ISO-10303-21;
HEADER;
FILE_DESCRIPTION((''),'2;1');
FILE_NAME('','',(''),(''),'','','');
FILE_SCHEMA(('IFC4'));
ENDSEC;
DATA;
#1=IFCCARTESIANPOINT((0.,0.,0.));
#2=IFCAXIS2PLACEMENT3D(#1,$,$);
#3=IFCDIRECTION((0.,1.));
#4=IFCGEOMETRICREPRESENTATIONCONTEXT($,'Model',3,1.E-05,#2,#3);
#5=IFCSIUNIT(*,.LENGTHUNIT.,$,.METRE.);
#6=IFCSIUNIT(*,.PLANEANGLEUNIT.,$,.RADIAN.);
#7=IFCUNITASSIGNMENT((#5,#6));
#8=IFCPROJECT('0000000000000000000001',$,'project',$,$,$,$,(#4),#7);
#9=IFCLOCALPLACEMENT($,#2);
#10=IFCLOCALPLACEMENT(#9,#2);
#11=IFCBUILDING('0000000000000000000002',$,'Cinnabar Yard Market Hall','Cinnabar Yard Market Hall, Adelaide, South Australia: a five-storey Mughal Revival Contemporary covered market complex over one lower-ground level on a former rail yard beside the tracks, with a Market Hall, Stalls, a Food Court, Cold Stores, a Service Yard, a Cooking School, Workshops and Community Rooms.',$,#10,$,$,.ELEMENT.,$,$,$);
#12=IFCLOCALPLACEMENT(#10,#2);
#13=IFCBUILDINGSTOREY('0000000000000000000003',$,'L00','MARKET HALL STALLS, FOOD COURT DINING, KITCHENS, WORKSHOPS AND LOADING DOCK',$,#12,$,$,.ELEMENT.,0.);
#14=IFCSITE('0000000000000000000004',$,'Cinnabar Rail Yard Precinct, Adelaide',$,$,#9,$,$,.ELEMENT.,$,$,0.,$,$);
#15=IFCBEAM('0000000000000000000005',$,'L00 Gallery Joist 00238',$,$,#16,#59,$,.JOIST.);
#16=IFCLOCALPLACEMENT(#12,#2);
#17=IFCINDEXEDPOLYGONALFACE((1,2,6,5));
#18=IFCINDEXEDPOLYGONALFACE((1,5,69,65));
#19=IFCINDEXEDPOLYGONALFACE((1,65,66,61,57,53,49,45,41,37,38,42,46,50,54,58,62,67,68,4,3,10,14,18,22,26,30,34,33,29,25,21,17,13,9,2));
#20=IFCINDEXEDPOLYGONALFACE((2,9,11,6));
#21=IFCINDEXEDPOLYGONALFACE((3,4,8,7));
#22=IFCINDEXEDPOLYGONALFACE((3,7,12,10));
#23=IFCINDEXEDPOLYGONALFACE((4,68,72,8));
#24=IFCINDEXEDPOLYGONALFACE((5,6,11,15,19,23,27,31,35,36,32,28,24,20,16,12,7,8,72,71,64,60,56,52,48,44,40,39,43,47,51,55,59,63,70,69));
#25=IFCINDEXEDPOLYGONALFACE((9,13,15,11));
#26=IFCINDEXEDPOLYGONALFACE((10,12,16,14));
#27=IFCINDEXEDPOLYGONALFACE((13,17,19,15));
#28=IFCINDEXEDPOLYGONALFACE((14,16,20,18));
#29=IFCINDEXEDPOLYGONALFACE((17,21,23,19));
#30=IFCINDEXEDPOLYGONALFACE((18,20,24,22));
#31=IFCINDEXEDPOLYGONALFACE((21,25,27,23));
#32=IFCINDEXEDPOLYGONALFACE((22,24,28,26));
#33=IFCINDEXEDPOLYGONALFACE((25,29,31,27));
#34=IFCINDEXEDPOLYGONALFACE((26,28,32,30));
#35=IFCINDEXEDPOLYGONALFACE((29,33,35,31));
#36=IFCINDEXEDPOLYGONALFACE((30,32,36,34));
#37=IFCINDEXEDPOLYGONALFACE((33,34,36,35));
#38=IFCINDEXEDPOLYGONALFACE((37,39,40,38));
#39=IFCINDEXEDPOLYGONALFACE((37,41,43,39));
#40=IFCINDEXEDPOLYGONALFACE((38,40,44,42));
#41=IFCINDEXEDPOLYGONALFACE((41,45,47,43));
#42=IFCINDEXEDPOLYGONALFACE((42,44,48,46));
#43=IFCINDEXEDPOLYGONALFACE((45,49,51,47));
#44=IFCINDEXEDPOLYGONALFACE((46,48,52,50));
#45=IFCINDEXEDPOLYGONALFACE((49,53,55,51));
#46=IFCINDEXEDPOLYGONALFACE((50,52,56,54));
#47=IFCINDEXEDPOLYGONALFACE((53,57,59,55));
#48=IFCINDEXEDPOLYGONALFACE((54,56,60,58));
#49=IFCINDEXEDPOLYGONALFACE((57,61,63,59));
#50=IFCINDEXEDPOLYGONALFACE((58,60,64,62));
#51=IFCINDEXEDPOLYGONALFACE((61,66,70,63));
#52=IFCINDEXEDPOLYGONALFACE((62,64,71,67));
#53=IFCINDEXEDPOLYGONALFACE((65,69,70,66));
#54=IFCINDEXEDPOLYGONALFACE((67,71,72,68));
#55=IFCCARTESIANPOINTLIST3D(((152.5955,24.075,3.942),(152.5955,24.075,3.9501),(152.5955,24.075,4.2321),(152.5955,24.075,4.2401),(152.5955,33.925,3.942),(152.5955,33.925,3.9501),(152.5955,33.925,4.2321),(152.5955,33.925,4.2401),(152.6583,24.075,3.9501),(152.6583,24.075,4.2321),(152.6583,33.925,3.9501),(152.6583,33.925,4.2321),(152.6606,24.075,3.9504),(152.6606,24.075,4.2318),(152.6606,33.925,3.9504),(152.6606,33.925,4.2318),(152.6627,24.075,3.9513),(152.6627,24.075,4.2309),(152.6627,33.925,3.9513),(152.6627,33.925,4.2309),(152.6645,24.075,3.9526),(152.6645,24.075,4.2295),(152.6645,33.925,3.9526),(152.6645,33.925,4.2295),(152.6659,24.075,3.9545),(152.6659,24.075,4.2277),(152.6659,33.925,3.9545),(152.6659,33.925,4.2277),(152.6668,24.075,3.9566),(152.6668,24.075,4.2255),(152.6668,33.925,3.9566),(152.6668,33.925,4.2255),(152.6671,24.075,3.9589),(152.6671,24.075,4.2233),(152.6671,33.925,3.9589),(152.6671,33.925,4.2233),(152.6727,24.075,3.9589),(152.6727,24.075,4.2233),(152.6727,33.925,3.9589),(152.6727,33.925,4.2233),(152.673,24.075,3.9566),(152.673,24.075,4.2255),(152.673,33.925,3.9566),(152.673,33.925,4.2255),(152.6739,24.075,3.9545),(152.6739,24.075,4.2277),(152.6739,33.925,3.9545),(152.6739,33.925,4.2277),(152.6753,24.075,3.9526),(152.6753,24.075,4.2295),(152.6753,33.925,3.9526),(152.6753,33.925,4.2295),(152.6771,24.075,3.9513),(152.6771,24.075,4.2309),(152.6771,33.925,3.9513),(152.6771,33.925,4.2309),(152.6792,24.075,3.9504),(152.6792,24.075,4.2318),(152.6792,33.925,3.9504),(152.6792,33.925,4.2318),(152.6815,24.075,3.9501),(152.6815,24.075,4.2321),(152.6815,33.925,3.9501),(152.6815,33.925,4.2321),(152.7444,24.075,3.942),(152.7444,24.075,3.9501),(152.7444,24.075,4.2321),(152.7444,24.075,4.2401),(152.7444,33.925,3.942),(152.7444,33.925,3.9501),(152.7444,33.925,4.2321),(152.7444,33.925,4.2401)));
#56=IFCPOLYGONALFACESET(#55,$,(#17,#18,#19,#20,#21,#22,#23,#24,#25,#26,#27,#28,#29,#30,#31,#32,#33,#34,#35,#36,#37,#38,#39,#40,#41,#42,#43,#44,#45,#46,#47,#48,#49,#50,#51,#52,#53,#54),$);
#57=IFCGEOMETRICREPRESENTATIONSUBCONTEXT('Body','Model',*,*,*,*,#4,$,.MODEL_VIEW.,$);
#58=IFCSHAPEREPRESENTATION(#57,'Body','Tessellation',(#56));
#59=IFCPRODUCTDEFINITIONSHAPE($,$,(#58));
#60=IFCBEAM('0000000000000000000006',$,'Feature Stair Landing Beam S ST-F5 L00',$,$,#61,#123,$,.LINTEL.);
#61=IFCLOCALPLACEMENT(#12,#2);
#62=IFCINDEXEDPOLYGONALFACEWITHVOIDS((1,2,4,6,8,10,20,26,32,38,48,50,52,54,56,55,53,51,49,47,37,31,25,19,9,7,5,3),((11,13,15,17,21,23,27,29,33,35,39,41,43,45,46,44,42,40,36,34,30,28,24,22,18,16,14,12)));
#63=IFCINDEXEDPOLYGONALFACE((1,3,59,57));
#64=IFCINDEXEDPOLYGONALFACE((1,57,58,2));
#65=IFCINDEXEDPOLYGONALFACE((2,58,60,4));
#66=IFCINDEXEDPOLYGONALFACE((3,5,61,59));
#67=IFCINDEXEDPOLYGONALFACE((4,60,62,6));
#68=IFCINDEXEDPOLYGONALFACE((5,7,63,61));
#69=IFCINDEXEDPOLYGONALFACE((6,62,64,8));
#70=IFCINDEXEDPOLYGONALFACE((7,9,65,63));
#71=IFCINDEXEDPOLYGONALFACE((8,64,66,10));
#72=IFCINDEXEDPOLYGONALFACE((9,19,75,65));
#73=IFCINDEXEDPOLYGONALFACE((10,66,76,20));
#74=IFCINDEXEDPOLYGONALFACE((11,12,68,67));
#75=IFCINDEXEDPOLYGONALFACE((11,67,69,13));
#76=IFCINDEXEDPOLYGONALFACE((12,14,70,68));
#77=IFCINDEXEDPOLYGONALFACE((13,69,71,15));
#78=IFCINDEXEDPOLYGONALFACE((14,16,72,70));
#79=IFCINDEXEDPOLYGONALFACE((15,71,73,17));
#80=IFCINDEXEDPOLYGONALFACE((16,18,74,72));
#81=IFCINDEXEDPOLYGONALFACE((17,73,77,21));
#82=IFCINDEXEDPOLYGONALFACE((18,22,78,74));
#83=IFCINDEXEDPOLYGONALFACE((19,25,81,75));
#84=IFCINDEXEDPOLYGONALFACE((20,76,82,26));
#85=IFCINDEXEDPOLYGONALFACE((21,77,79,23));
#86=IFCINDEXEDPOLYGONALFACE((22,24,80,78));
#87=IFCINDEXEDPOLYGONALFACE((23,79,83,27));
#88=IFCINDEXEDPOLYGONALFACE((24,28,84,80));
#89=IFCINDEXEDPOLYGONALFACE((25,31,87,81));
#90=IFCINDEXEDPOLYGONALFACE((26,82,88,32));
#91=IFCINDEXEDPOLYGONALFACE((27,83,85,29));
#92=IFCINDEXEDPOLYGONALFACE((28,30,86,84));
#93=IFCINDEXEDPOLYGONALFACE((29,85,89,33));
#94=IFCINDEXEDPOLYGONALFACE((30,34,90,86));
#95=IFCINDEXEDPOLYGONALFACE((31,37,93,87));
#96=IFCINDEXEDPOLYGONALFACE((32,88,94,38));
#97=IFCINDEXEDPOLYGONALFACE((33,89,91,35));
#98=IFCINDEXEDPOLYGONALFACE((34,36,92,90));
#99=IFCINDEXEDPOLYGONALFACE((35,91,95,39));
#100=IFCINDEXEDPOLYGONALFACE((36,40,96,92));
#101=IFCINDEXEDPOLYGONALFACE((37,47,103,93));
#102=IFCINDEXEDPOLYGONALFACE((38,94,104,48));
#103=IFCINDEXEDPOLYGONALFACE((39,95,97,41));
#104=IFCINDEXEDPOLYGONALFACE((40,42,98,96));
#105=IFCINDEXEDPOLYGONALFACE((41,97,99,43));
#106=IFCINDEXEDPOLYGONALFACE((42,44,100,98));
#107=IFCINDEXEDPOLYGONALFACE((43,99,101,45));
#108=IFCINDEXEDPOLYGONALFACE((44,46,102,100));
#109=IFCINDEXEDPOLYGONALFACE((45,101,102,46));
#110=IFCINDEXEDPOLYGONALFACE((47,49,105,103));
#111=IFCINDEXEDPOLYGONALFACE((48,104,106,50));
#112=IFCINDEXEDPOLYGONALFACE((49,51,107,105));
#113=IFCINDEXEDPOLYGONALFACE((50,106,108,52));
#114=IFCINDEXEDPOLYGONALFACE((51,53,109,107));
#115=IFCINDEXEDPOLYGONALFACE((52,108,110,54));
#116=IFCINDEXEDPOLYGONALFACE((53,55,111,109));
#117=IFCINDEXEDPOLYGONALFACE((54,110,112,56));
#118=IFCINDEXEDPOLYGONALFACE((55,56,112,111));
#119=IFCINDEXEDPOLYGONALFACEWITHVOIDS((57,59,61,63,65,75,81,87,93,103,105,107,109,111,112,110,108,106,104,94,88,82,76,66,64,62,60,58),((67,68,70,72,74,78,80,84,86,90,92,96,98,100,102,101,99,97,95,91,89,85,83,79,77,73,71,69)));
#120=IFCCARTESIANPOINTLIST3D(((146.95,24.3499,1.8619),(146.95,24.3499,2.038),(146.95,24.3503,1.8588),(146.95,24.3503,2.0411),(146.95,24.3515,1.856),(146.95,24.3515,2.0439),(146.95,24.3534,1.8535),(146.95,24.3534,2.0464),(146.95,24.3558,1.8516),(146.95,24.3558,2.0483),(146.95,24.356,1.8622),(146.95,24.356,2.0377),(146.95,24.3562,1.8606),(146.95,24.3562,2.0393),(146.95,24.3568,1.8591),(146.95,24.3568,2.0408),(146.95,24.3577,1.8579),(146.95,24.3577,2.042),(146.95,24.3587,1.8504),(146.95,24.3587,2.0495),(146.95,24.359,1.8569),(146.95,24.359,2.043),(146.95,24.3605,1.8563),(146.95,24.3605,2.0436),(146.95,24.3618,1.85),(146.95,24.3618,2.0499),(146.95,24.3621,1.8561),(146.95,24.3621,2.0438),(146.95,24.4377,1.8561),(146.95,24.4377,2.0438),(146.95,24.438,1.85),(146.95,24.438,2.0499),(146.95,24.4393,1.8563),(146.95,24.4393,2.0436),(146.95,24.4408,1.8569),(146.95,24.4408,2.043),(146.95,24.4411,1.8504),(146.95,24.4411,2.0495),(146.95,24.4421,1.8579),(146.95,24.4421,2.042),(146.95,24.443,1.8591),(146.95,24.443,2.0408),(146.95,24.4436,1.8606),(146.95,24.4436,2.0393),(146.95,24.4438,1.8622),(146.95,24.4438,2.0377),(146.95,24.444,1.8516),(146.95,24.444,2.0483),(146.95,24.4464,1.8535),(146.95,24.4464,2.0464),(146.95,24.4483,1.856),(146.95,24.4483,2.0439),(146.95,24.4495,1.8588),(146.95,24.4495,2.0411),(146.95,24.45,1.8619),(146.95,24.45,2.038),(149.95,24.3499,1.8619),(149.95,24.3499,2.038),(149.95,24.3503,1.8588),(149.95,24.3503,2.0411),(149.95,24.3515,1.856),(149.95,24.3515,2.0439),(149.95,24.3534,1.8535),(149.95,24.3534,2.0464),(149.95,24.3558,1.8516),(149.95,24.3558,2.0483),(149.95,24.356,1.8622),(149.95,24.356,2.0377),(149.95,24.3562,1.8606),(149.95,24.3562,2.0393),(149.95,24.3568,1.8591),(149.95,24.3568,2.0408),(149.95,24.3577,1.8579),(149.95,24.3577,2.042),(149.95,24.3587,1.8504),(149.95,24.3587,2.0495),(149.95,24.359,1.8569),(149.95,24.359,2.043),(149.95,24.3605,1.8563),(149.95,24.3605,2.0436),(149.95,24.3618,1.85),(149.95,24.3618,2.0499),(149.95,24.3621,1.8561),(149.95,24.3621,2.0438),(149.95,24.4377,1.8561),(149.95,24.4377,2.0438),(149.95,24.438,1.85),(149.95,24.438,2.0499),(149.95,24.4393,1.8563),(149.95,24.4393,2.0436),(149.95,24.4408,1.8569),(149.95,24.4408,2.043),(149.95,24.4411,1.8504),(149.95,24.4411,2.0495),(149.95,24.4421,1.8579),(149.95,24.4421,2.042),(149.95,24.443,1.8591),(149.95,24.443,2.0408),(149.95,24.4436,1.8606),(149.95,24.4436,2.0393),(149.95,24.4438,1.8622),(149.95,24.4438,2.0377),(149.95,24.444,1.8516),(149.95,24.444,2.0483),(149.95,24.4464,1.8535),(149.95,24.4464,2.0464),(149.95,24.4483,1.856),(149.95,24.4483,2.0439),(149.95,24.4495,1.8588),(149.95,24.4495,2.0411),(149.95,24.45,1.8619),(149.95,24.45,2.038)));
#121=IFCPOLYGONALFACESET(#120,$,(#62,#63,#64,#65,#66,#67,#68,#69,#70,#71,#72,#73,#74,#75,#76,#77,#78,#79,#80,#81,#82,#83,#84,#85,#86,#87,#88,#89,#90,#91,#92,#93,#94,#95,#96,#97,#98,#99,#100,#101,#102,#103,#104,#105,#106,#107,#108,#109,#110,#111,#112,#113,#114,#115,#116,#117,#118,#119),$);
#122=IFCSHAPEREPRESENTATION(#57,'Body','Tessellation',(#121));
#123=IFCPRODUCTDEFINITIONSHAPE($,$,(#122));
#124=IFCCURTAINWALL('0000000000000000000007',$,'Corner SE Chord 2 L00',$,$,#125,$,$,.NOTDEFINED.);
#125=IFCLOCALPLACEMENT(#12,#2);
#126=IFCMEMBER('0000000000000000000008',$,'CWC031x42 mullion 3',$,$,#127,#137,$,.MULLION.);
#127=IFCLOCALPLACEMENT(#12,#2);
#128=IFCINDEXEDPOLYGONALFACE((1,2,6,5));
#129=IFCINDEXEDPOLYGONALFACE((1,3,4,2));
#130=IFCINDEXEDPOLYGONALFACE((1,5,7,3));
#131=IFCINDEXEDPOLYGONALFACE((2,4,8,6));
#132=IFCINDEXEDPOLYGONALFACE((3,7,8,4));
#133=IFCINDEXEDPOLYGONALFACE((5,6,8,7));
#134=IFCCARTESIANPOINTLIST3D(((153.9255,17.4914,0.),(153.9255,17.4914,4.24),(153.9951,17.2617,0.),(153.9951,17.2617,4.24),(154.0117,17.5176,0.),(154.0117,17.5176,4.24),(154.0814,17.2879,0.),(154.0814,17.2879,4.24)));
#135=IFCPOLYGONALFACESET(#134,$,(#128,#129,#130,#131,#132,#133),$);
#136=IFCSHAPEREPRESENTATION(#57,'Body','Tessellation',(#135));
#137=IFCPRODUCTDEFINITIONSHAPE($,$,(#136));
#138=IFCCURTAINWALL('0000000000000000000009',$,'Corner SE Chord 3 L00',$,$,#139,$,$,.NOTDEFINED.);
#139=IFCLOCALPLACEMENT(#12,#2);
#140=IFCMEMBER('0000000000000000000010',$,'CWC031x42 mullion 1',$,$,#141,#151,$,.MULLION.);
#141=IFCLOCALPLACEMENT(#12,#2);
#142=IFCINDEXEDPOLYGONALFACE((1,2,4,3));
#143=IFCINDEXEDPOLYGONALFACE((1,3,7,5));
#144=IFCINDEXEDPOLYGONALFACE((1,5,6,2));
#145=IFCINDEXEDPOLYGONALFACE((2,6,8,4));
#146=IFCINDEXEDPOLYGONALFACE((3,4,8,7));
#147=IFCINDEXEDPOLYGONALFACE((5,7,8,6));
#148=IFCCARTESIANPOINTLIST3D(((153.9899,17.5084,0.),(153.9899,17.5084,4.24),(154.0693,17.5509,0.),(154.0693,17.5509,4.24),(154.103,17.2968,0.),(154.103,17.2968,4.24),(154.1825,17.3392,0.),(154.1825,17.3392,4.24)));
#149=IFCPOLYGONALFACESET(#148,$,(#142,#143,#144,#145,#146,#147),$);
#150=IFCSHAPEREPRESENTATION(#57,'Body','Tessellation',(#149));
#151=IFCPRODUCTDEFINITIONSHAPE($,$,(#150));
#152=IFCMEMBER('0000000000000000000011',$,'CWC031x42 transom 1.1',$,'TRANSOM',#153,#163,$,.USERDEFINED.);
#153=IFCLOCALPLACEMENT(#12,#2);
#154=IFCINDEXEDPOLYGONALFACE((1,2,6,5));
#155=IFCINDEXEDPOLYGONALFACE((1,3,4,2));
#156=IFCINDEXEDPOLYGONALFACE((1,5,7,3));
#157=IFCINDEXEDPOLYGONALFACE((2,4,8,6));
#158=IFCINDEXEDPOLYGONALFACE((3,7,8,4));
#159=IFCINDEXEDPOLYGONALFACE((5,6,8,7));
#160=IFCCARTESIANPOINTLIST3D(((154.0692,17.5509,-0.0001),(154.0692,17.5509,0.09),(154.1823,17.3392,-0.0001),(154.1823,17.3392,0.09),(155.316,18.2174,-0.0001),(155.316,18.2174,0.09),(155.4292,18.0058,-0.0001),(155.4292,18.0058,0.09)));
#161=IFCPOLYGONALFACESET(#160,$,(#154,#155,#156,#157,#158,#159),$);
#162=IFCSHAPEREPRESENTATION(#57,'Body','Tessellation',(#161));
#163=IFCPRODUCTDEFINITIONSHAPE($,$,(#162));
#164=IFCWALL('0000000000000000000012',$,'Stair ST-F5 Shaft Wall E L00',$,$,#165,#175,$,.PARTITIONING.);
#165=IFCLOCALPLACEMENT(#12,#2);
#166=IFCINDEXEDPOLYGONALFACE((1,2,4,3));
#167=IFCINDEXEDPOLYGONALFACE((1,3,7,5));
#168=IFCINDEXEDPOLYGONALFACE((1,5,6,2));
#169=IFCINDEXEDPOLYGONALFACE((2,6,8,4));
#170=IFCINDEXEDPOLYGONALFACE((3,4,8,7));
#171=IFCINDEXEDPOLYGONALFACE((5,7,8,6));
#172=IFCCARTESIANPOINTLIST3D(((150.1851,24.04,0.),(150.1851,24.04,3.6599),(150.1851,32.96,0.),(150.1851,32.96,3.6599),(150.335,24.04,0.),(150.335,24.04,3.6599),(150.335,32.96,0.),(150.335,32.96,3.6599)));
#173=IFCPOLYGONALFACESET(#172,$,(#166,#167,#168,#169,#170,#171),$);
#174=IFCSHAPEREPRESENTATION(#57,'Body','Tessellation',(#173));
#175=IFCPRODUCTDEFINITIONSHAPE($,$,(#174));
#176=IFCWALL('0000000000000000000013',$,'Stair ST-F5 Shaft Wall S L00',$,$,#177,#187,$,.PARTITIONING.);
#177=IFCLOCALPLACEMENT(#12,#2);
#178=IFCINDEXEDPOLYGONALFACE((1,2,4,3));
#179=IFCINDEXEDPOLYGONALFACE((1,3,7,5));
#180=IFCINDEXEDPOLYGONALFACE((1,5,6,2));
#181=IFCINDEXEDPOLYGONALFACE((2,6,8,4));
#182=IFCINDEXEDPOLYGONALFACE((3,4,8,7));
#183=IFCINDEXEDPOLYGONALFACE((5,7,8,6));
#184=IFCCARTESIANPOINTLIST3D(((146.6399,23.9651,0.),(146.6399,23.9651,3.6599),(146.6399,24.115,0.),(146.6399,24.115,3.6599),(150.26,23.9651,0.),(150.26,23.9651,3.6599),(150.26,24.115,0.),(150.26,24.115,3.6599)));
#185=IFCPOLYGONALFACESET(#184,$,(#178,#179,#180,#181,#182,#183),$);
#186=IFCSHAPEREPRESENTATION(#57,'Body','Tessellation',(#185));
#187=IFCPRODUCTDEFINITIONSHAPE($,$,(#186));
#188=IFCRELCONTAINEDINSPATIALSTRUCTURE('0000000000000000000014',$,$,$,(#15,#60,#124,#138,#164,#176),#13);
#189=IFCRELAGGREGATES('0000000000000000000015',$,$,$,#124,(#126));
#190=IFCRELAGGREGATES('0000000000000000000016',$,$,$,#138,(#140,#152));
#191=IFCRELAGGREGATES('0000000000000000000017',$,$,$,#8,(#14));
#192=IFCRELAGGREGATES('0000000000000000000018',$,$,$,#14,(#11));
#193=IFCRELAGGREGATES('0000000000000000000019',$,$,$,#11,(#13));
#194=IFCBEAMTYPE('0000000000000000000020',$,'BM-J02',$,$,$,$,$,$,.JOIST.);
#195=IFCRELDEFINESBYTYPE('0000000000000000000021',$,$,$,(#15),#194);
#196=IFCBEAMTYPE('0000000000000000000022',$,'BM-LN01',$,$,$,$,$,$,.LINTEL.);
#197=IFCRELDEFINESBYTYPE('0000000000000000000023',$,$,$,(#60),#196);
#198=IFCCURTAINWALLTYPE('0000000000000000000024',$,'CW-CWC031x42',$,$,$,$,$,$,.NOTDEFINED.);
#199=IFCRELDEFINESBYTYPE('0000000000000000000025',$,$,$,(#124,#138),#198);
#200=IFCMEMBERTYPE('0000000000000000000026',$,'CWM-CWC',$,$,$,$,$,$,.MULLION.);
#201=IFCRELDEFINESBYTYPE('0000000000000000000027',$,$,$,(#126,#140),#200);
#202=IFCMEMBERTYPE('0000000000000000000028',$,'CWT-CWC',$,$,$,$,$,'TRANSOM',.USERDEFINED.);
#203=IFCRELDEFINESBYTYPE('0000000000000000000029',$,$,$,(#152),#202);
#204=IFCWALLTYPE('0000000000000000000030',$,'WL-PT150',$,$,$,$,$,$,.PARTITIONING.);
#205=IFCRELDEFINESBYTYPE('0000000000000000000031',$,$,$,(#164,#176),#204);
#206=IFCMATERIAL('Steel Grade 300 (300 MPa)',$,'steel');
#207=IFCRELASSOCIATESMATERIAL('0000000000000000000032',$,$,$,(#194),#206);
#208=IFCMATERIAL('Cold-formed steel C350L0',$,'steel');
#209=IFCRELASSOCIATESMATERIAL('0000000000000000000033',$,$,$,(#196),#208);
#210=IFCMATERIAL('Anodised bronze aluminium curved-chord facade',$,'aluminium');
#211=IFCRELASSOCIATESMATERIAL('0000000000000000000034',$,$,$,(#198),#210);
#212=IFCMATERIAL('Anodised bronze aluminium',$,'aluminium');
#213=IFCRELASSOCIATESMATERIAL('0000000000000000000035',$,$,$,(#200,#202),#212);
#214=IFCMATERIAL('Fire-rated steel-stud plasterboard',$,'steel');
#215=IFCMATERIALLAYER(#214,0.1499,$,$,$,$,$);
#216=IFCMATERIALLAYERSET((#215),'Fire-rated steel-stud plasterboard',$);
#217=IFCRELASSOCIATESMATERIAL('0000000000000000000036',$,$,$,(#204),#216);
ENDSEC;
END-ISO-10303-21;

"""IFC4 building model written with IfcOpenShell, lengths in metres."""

from ifc_helpers import new_model, si_unit, direction, frame, frame_2d, origin, origin_2d_with_axis, place, context, subcontext, project, spatial, rectangle, hollow_rectangle, i_section, extrude, material, layer, layer_set, material_profile, profile_set, type_object, element, aggregate, save


model = new_model("IFC4")

# Units and contexts
model_context = context("Model", 3, precision=1e-05, world=origin(), true_north=direction((0.0, 1.0)))
body_context = subcontext(model_context, "Body", "Model", "MODEL_VIEW")
ifc_project = project(units=[si_unit("LENGTHUNIT", "METRE"), si_unit("PLANEANGLEUNIT", "RADIAN")], contexts=[model_context])

# Site, building, storey
site_placement = place(None, origin())
site = spatial("IfcSite", under=ifc_project, at=site_placement, Name="Cinnabar Rail Yard Precinct, Adelaide", CompositionType="ELEMENT", RefElevation=0.0)
building_placement = place(site_placement, origin())
building = spatial("IfcBuilding", under=site, at=building_placement, Name="Cinnabar Yard Market Hall", Description="Cinnabar Yard Market Hall, Adelaide, South Australia: a five-storey Mughal Revival Contemporary covered market complex over one lower-ground level on a former rail yard beside the tracks, with a Market Hall, Stalls, a Food Court, Cold Stores, a Service Yard, a Cooking School, Workshops and Community Rooms.", CompositionType="ELEMENT")
storey_placement = place(building_placement, origin())
storey = spatial("IfcBuildingStorey", under=building, at=storey_placement, Name="L00", Description="MARKET HALL STALLS, FOOD COURT DINING, KITCHENS, WORKSHOPS AND LOADING DOCK", CompositionType="ELEMENT", Elevation=0.0)

# Shared definitions
ifc_material_1 = material(Name="Cold-formed steel C350L0", Category="steel")

# Beams
ifc_material_2 = material(Name="Steel Grade 300 (300 MPa)", Category="steel")
ifc_material_profile_1 = material_profile(ifc_material_2, i_section(OverallWidth=0.1489, OverallDepth=0.2981, WebThickness=0.0056, FlangeThickness=0.0081, FilletRadius=0.0088, at=origin_2d_with_axis()), Name="310UB32.0")
ifc_profile_set_1 = profile_set([ifc_material_profile_1], Name="Steel Grade 300 (300 MPa)")
beam_type_1 = type_object("IfcBeamType", Name="BM-J02", PredefinedType="JOIST", material=ifc_profile_set_1)
beam_1_placement = place(storey_placement, frame((152.6699, 24.075, 4.0911), z_axis=(0.0, 1.0, 0.0), x_axis=(-1.0, 0.0, 0.0)))
element("IfcBeam", 1, at=beam_1_placement, inside=storey, type_object=beam_type_1, Name="L00 Gallery Joist 00238", PredefinedType="JOIST", context=body_context, shape_type="SweptSolid", body=[
    extrude(i_section(OverallWidth=0.1489, OverallDepth=0.2981, WebThickness=0.0056, FlangeThickness=0.0081, FilletRadius=0.0088, at=origin_2d_with_axis()), origin(), (0.0, 0.0, 1.0), 9.8501),
])
ifc_material_profile_2 = material_profile(ifc_material_1, hollow_rectangle(XDim=0.1001, YDim=0.2, WallThickness=0.0061, InnerFilletRadius=0.0061, OuterFilletRadius=0.012, at=origin_2d_with_axis()), Name="200x100x6.0RHS")
ifc_profile_set_2 = profile_set([ifc_material_profile_2], Name="Cold-formed steel C350L0")
beam_type_2 = type_object("IfcBeamType", Name="BM-LN01", PredefinedType="LINTEL", material=ifc_profile_set_2)
beam_2_placement = place(storey_placement, frame((146.95, 24.3999, 1.95), z_axis=(1.0, 0.0, 0.0), x_axis=(0.0, 1.0, 0.0)))
element("IfcBeam", 2, at=beam_2_placement, inside=storey, type_object=beam_type_2, Name="Feature Stair Landing Beam S ST-F5 L00", PredefinedType="LINTEL", context=body_context, shape_type="SweptSolid", body=[
    extrude(hollow_rectangle(XDim=0.1001, YDim=0.2, WallThickness=0.0061, InnerFilletRadius=0.0061, OuterFilletRadius=0.012, at=origin_2d_with_axis()), origin(), (0.0, 0.0, 1.0), 3.0),
])

# Curtain wall, member
ifc_material_3 = material(Name="Anodised bronze aluminium curved-chord facade", Category="aluminium")
curtain_wall_type = type_object("IfcCurtainWallType", Name="CW-CWC031x42", PredefinedType="NOTDEFINED", material=ifc_material_3)
curtain_wall_1_placement = place(storey_placement, origin())
curtain_wall_1 = element("IfcCurtainWall", 3, at=curtain_wall_1_placement, inside=storey, type_object=curtain_wall_type, Name="Corner SE Chord 2 L00", PredefinedType="NOTDEFINED")
ifc_material_4 = material(Name="Anodised bronze aluminium", Category="aluminium")
ifc_material_profile_3 = material_profile(ifc_material_4, rectangle(XDim=0.24, YDim=0.0901, at=origin_2d_with_axis()), Name="MUL-CWC")
ifc_profile_set_3 = profile_set([ifc_material_profile_3], Name="Anodised bronze aluminium")
member_type_1 = type_object("IfcMemberType", Name="CWM-CWC", PredefinedType="MULLION", material=ifc_profile_set_3)
member_1_placement = place(storey_placement, frame((154.0034, 17.3896, 0.0), z_axis=(0.0, 0.0, 1.0), x_axis=(-0.290279, 0.956942, 0.0)))
member_1 = element("IfcMember", 4, at=member_1_placement, type_object=member_type_1, Name="CWC031x42 mullion 3", PredefinedType="MULLION", context=body_context, shape_type="SweptSolid", body=[
    extrude(rectangle(XDim=0.24, YDim=0.0901, at=origin_2d_with_axis()), origin(), (0.0, 0.0, 1.0), 4.24),
])
aggregate(curtain_wall_1, [member_1])

# Curtain wall, members
curtain_wall_2_placement = place(storey_placement, origin())
curtain_wall_2 = element("IfcCurtainWall", 5, at=curtain_wall_2_placement, inside=storey, type_object=curtain_wall_type, Name="Corner SE Chord 3 L00", PredefinedType="NOTDEFINED")
member_2_placement = place(storey_placement, frame((154.0862, 17.4238, 0.0), z_axis=(0.0, 0.0, 1.0), x_axis=(-0.471404, 0.881917, 0.0)))
member_2 = element("IfcMember", 6, at=member_2_placement, type_object=member_type_1, Name="CWC031x42 mullion 1", PredefinedType="MULLION", context=body_context, shape_type="SweptSolid", body=[
    extrude(rectangle(XDim=0.24, YDim=0.0901, at=origin_2d_with_axis()), origin(), (0.0, 0.0, 1.0), 4.24),
])
ifc_material_profile_4 = material_profile(ifc_material_4, rectangle(XDim=0.24, YDim=0.0901, at=origin_2d_with_axis()), Name="TRN-CWC")
ifc_profile_set_4 = profile_set([ifc_material_profile_4], Name="Anodised bronze aluminium")
member_type_2 = type_object("IfcMemberType", Name="CWT-CWC", ElementType="TRANSOM", PredefinedType="USERDEFINED", material=ifc_profile_set_4)
member_3_placement = place(storey_placement, frame((154.1257, 17.4451, 0.0449), z_axis=(0.881903, 0.471431, 0.0), x_axis=(-0.471431, 0.881903, 0.0)))
member_3 = element("IfcMember", 7, at=member_3_placement, type_object=member_type_2, Name="CWC031x42 transom 1.1", ObjectType="TRANSOM", PredefinedType="USERDEFINED", context=body_context, shape_type="SweptSolid", body=[
    extrude(rectangle(XDim=0.24, YDim=0.0901, at=origin_2d_with_axis()), origin(), (0.0, 0.0, 1.0), 1.4138),
])
aggregate(curtain_wall_2, [member_2, member_3])

# Walls
ifc_material_5 = material(Name="Fire-rated steel-stud plasterboard", Category="steel")
ifc_layer_1 = layer(ifc_material_5, 0.1499)
ifc_layer_set_1 = layer_set([ifc_layer_1], Name="Fire-rated steel-stud plasterboard")
wall_type_1 = type_object("IfcWallType", Name="WL-PT150", PredefinedType="PARTITIONING", material=ifc_layer_set_1)
wall_1_placement = place(storey_placement, frame((150.26, 24.04, 0.0), z_axis=(0.0, 0.0, 1.0), x_axis=(0.0, 1.0, 0.0)))
element("IfcWall", 8, at=wall_1_placement, inside=storey, type_object=wall_type_1, Name="Stair ST-F5 Shaft Wall E L00", PredefinedType="PARTITIONING", context=body_context, shape_type="SweptSolid", body=[
    extrude(rectangle(XDim=8.9199, YDim=0.1499, at=frame_2d((4.46, 0.0), x_axis=(1.0, 0.0))), origin(), (0.0, 0.0, 1.0), 3.6599),
])
wall_2_placement = place(storey_placement, frame((146.6399, 24.04, 0.0), z_axis=(0.0, 0.0, 1.0), x_axis=(1.0, 0.0, 0.0)))
element("IfcWall", 9, at=wall_2_placement, inside=storey, type_object=wall_type_1, Name="Stair ST-F5 Shaft Wall S L00", PredefinedType="PARTITIONING", context=body_context, shape_type="SweptSolid", body=[
    extrude(rectangle(XDim=3.6201, YDim=0.1499, at=frame_2d((1.8101, 0.0), x_axis=(1.0, 0.0))), origin(), (0.0, 0.0, 1.0), 3.6599),
])

save(model, "model.ifc")
